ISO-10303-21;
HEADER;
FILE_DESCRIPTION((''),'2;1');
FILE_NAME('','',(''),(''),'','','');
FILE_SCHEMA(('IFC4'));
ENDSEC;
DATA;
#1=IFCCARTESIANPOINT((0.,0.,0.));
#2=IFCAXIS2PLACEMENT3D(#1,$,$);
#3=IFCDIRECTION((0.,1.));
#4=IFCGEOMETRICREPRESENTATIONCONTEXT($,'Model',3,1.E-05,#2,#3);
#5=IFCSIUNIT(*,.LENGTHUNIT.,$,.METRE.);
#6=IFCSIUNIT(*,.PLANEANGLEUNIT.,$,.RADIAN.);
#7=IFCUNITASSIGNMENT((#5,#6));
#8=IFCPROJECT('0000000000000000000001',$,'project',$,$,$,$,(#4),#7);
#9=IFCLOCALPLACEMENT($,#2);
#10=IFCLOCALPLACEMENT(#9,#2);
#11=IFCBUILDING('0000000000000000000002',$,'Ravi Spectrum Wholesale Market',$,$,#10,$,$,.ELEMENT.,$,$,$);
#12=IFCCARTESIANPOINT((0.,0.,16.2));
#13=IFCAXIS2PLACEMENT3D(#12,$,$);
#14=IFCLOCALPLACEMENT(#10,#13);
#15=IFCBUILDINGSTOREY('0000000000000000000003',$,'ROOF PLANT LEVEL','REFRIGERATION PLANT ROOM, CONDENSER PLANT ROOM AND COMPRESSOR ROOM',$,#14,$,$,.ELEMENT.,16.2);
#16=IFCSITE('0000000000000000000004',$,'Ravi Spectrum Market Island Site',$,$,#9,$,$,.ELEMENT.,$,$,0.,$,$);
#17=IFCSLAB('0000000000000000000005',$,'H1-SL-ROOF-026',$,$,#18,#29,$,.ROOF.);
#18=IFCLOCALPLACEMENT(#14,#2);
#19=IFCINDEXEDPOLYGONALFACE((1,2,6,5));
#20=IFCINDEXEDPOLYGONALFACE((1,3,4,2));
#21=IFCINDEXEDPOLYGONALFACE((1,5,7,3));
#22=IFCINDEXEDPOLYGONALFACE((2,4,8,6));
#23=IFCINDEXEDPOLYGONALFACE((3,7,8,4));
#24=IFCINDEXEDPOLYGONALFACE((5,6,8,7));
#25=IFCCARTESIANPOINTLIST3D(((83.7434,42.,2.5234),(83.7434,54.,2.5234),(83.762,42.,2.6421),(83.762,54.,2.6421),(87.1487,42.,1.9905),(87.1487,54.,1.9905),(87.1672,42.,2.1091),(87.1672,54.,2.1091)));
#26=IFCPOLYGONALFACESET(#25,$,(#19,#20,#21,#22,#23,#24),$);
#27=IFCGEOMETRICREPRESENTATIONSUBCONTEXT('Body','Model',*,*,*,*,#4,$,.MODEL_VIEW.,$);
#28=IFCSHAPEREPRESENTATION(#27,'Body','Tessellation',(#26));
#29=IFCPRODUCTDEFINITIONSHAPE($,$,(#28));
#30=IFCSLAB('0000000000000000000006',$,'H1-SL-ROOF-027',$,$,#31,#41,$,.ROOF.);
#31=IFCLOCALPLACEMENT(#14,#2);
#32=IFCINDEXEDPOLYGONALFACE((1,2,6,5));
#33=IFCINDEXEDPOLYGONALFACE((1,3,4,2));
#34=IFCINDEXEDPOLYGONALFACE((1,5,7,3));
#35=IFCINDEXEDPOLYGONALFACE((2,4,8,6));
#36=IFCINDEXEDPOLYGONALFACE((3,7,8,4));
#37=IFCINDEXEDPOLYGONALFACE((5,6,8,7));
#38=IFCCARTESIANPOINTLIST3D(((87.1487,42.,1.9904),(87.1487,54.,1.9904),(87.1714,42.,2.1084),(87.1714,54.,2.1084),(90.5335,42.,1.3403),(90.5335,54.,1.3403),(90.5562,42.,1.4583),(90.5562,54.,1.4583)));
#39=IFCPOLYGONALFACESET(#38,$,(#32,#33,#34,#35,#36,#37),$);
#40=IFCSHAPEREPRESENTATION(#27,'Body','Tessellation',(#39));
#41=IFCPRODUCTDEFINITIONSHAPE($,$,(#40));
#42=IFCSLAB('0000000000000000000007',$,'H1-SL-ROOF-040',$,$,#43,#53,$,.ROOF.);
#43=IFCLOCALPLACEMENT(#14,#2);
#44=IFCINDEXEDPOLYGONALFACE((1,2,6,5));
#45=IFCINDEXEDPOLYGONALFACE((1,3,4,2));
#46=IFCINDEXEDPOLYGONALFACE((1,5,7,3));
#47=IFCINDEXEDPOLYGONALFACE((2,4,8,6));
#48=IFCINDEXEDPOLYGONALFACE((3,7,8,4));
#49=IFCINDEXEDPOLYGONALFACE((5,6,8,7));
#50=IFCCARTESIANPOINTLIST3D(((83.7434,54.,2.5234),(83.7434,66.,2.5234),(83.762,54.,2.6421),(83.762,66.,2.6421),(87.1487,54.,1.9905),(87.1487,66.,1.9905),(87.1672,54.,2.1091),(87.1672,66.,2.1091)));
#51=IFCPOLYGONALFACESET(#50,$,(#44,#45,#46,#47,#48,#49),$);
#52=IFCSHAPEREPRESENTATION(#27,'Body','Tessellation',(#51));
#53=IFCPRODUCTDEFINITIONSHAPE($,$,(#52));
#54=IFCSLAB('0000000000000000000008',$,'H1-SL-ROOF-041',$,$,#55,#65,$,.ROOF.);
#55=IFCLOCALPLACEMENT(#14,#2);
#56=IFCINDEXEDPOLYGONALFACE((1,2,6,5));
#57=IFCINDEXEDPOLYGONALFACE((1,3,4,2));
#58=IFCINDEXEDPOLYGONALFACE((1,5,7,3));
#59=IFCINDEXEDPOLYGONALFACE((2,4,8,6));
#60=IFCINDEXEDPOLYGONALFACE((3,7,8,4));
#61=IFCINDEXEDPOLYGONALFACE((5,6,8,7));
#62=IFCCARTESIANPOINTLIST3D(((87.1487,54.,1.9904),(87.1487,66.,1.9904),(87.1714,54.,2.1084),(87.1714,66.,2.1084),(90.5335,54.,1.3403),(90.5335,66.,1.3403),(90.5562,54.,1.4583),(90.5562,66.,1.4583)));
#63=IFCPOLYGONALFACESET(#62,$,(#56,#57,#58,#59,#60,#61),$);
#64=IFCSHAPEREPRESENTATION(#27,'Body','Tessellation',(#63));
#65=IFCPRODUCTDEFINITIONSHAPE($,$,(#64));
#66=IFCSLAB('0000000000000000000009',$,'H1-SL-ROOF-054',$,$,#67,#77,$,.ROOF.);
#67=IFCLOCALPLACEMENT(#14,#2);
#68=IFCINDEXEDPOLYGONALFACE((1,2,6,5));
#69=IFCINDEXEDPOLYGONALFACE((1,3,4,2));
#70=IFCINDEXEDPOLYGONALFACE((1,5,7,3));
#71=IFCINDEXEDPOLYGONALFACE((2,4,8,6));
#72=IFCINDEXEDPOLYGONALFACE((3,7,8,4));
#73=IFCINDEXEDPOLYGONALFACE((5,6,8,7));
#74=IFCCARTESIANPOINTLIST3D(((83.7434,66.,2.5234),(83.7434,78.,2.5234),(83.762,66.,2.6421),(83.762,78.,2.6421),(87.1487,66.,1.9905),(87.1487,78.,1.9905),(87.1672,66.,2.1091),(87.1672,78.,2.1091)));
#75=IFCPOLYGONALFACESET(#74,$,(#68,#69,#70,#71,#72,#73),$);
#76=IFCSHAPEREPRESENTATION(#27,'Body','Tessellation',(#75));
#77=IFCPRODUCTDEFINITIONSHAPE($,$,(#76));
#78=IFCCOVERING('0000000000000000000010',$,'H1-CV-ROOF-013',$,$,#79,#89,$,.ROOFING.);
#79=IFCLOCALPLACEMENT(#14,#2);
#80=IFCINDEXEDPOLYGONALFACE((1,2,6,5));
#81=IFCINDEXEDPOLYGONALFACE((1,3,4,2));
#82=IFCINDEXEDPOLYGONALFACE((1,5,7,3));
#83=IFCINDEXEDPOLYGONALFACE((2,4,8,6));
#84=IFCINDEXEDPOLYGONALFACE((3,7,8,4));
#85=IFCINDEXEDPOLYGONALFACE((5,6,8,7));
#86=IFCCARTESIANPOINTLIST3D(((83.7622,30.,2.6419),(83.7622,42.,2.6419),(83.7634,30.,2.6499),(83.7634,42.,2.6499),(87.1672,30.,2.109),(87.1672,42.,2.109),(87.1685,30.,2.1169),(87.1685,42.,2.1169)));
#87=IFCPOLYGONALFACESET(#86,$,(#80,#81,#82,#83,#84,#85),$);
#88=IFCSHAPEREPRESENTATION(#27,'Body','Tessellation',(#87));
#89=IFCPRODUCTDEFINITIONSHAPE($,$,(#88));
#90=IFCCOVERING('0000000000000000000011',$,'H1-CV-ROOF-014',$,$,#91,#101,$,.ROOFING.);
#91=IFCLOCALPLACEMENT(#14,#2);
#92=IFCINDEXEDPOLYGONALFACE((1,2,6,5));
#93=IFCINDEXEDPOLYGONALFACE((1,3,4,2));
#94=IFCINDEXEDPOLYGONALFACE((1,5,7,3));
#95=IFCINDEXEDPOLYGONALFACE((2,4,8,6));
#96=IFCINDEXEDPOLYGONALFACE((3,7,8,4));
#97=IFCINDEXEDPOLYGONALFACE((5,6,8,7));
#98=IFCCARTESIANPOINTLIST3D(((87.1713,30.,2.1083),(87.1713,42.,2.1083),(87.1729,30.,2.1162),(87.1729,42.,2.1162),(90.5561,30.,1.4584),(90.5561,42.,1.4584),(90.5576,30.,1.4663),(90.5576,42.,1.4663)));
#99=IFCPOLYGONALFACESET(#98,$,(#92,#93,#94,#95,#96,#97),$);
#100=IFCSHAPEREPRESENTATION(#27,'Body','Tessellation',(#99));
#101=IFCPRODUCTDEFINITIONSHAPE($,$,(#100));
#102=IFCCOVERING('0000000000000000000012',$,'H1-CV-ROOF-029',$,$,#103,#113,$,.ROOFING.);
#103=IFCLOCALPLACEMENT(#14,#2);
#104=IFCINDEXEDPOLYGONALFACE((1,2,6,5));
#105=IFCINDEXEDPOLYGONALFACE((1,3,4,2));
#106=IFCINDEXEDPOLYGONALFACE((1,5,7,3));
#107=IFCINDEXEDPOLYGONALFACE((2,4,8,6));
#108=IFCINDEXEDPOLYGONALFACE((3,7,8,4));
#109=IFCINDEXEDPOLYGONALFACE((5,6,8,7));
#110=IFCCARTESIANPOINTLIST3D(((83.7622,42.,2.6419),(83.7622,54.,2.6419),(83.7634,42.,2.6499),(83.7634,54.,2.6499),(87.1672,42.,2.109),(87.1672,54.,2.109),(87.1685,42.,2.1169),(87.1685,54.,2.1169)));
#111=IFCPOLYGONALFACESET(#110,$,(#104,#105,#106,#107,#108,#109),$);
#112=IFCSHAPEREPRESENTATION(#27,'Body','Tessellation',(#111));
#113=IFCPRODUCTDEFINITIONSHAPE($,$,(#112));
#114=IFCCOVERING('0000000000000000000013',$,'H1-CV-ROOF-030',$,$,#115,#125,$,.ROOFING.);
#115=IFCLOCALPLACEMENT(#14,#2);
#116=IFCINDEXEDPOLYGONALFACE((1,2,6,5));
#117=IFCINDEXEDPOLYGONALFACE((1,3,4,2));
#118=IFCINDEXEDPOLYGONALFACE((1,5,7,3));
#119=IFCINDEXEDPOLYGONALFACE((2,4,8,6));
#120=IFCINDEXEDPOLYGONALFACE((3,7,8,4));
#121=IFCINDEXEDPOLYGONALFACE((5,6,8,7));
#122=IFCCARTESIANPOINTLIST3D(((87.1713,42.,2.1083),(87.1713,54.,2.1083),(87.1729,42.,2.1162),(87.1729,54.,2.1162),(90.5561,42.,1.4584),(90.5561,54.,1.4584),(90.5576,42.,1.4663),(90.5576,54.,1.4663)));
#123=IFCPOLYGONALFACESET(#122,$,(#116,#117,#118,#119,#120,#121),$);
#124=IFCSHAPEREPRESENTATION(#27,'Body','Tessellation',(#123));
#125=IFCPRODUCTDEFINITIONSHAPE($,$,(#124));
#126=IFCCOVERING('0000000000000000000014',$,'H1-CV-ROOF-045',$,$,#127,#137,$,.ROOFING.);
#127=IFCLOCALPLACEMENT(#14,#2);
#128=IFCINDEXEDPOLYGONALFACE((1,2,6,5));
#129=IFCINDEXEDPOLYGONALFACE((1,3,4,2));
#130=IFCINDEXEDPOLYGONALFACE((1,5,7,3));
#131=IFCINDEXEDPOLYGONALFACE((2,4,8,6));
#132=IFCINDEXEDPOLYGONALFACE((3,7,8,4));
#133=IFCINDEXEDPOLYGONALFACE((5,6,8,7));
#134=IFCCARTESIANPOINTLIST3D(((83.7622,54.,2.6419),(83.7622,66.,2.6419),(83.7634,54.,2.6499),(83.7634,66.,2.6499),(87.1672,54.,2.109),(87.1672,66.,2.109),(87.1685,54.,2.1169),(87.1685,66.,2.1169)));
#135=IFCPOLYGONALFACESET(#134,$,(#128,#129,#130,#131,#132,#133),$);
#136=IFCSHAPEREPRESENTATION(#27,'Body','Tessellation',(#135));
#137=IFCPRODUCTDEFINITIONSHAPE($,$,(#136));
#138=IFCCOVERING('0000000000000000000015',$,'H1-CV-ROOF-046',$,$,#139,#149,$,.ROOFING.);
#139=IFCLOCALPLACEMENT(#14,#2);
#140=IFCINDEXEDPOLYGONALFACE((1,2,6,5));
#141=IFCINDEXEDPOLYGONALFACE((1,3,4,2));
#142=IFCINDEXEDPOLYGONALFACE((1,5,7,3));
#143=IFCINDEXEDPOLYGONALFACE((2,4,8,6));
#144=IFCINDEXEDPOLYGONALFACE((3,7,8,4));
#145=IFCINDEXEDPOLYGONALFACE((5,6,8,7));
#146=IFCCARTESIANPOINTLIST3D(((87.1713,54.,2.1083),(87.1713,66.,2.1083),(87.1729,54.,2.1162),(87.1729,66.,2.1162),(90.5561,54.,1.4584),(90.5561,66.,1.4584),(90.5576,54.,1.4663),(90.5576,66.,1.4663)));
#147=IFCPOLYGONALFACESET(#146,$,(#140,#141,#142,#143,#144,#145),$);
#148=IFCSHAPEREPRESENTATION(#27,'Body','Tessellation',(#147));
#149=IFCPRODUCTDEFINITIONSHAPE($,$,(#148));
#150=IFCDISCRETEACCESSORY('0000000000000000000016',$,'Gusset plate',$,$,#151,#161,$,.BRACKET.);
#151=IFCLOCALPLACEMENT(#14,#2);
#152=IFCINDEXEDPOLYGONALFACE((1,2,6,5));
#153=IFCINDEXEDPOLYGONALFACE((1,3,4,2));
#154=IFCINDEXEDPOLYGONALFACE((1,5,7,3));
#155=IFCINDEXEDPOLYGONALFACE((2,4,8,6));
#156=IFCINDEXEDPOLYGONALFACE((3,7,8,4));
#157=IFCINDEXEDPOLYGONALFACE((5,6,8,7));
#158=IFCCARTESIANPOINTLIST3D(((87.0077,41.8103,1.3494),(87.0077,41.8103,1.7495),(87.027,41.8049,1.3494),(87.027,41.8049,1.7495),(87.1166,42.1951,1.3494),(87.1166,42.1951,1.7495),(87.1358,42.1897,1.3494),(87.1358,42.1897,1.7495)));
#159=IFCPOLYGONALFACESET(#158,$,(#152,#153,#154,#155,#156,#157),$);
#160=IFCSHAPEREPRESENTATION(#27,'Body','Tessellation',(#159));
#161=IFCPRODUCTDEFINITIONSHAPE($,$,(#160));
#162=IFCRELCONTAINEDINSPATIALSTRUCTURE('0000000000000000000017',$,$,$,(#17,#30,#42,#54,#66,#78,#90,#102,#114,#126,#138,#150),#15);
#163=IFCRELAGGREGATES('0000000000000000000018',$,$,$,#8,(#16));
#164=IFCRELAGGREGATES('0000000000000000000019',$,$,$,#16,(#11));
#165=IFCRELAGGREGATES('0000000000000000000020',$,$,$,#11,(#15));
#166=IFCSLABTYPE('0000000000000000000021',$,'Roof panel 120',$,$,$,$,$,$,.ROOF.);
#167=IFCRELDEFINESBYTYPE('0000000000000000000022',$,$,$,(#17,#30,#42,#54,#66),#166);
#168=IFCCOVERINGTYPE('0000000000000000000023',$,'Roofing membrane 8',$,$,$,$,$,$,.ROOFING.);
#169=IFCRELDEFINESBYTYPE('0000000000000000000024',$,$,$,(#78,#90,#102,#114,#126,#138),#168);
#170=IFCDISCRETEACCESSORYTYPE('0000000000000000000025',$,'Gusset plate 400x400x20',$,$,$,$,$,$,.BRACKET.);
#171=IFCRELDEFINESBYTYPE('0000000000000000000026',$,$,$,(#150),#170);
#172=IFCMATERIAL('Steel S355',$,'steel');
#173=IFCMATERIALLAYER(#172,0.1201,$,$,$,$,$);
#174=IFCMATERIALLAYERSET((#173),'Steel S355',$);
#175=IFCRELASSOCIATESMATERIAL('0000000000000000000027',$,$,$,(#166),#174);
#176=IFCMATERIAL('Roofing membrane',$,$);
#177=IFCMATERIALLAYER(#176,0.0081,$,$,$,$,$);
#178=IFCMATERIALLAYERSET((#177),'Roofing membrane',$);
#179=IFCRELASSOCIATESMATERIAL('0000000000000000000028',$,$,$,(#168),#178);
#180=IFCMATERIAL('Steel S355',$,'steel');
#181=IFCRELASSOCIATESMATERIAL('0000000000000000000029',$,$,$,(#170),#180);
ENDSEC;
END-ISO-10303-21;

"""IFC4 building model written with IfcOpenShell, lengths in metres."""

from ifc_helpers import new_model, si_unit, direction, frame, origin, origin_2d, place, context, subcontext, project, spatial, polyline, rectangle, outline, extrude, material, layer, layer_set, material_profile, profile_set, type_object, element, save


model = new_model("IFC4")

# Units and contexts
model_context = context("Model", 3, precision=1e-05, world=origin(), true_north=direction((0.0, 1.0)))
body_context = subcontext(model_context, "Body", "Model", "MODEL_VIEW")
ifc_project = project(units=[si_unit("LENGTHUNIT", "METRE"), si_unit("PLANEANGLEUNIT", "RADIAN")], contexts=[model_context])

# Site, building, storey
site_placement = place(None, origin())
site = spatial("IfcSite", under=ifc_project, at=site_placement, Name="Ravi Spectrum Market Island Site", CompositionType="ELEMENT", RefElevation=0.0)
building_placement = place(site_placement, origin())
building = spatial("IfcBuilding", under=site, at=building_placement, Name="Ravi Spectrum Wholesale Market", CompositionType="ELEMENT")
storey_placement = place(building_placement, frame((0.0, 0.0, 16.2)))
storey = spatial("IfcBuildingStorey", under=building, at=storey_placement, Name="ROOF PLANT LEVEL", Description="REFRIGERATION PLANT ROOM, CONDENSER PLANT ROOM AND COMPRESSOR ROOM", CompositionType="ELEMENT", Elevation=16.2)

# Slabs
ifc_material_1 = material(Name="Steel S355", Category="steel")
ifc_layer_1 = layer(ifc_material_1, 0.1201)
ifc_layer_set_1 = layer_set([ifc_layer_1], Name="Steel S355")
slab_type = type_object("IfcSlabType", Name="Roof panel 120", PredefinedType="ROOF", material=ifc_layer_set_1)
slab_1_placement = place(storey_placement, frame((83.762, 42.0, 2.6421), z_axis=(0.154628, 0.0, 0.987973), x_axis=(0.987973, 0.0, -0.154628)))
element("IfcSlab", 1, at=slab_1_placement, inside=storey, type_object=slab_type, Name="H1-SL-ROOF-026", PredefinedType="ROOF", context=body_context, shape_type="SweptSolid", body=[
    extrude(outline(polyline([(0.0, 0.0), (3.4467, 0.0), (3.4467, 12.0), (0.0, 12.0), (0.0, 0.0)])), origin(), (0.0, 0.0, -1.0), 0.1201),
])
slab_2_placement = place(storey_placement, frame((87.1714, 42.0, 2.1084), z_axis=(0.188632, 0.0, 0.982048), x_axis=(0.982048, 0.0, -0.188632)))
element("IfcSlab", 2, at=slab_2_placement, inside=storey, type_object=slab_type, Name="H1-SL-ROOF-027", PredefinedType="ROOF", context=body_context, shape_type="SweptSolid", body=[
    extrude(outline(polyline([(0.0, 0.0), (3.4466, 0.0), (3.4466, 12.0), (0.0, 12.0), (0.0, 0.0)])), origin(), (0.0, 0.0, -1.0), 0.1201),
])
slab_3_placement = place(storey_placement, frame((83.762, 54.0, 2.6421), z_axis=(0.154628, 0.0, 0.987973), x_axis=(0.987973, 0.0, -0.154628)))
element("IfcSlab", 3, at=slab_3_placement, inside=storey, type_object=slab_type, Name="H1-SL-ROOF-040", PredefinedType="ROOF", context=body_context, shape_type="SweptSolid", body=[
    extrude(outline(polyline([(0.0, 0.0), (3.4467, 0.0), (3.4467, 12.0), (0.0, 12.0), (0.0, 0.0)])), origin(), (0.0, 0.0, -1.0), 0.1201),
])
slab_4_placement = place(storey_placement, frame((87.1714, 54.0, 2.1084), z_axis=(0.188632, 0.0, 0.982048), x_axis=(0.982048, 0.0, -0.188632)))
element("IfcSlab", 4, at=slab_4_placement, inside=storey, type_object=slab_type, Name="H1-SL-ROOF-041", PredefinedType="ROOF", context=body_context, shape_type="SweptSolid", body=[
    extrude(outline(polyline([(0.0, 0.0), (3.4466, 0.0), (3.4466, 12.0), (0.0, 12.0), (0.0, 0.0)])), origin(), (0.0, 0.0, -1.0), 0.1201),
])
slab_5_placement = place(storey_placement, frame((83.762, 66.0, 2.6421), z_axis=(0.154628, 0.0, 0.987973), x_axis=(0.987973, 0.0, -0.154628)))
element("IfcSlab", 5, at=slab_5_placement, inside=storey, type_object=slab_type, Name="H1-SL-ROOF-054", PredefinedType="ROOF", context=body_context, shape_type="SweptSolid", body=[
    extrude(outline(polyline([(0.0, 0.0), (3.4467, 0.0), (3.4467, 12.0), (0.0, 12.0), (0.0, 0.0)])), origin(), (0.0, 0.0, -1.0), 0.1201),
])

# Coverings
ifc_material_2 = material(Name="Roofing membrane")
ifc_layer_2 = layer(ifc_material_2, 0.0081)
ifc_layer_set_2 = layer_set([ifc_layer_2], Name="Roofing membrane")
covering_type = type_object("IfcCoveringType", Name="Roofing membrane 8", PredefinedType="ROOFING", material=ifc_layer_set_2)
covering_1_placement = place(storey_placement, frame((83.7634, 30.0, 2.6499), z_axis=(0.154638, 0.0, 0.987971), x_axis=(0.987971, 0.0, -0.154638)))
element("IfcCovering", 6, at=covering_1_placement, inside=storey, type_object=covering_type, Name="H1-CV-ROOF-013", PredefinedType="ROOFING", context=body_context, shape_type="SweptSolid", body=[
    extrude(outline(polyline([(0.0, 0.0), (3.4465, 0.0), (3.4465, 12.0), (0.0, 12.0), (0.0, 0.0)])), origin(), (0.0, 0.0, -1.0), 0.0081),
])
covering_2_placement = place(storey_placement, frame((87.1729, 30.0, 2.1162), z_axis=(0.188564, 0.0, 0.982061), x_axis=(0.982061, 0.0, -0.188564)))
element("IfcCovering", 7, at=covering_2_placement, inside=storey, type_object=covering_type, Name="H1-CV-ROOF-014", PredefinedType="ROOFING", context=body_context, shape_type="SweptSolid", body=[
    extrude(outline(polyline([(0.0, 0.0), (3.4466, 0.0), (3.4466, 12.0), (0.0, 12.0), (0.0, 0.0)])), origin(), (0.0, 0.0, -1.0), 0.0081),
])
covering_3_placement = place(storey_placement, frame((83.7634, 42.0, 2.6499), z_axis=(0.154638, 0.0, 0.987971), x_axis=(0.987971, 0.0, -0.154638)))
element("IfcCovering", 8, at=covering_3_placement, inside=storey, type_object=covering_type, Name="H1-CV-ROOF-029", PredefinedType="ROOFING", context=body_context, shape_type="SweptSolid", body=[
    extrude(outline(polyline([(0.0, 0.0), (3.4465, 0.0), (3.4465, 12.0), (0.0, 12.0), (0.0, 0.0)])), origin(), (0.0, 0.0, -1.0), 0.0081),
])
covering_4_placement = place(storey_placement, frame((87.1729, 42.0, 2.1162), z_axis=(0.188564, 0.0, 0.982061), x_axis=(0.982061, 0.0, -0.188564)))
element("IfcCovering", 9, at=covering_4_placement, inside=storey, type_object=covering_type, Name="H1-CV-ROOF-030", PredefinedType="ROOFING", context=body_context, shape_type="SweptSolid", body=[
    extrude(outline(polyline([(0.0, 0.0), (3.4466, 0.0), (3.4466, 12.0), (0.0, 12.0), (0.0, 0.0)])), origin(), (0.0, 0.0, -1.0), 0.0081),
])
covering_5_placement = place(storey_placement, frame((83.7634, 54.0, 2.6499), z_axis=(0.154638, 0.0, 0.987971), x_axis=(0.987971, 0.0, -0.154638)))
element("IfcCovering", 10, at=covering_5_placement, inside=storey, type_object=covering_type, Name="H1-CV-ROOF-045", PredefinedType="ROOFING", context=body_context, shape_type="SweptSolid", body=[
    extrude(outline(polyline([(0.0, 0.0), (3.4465, 0.0), (3.4465, 12.0), (0.0, 12.0), (0.0, 0.0)])), origin(), (0.0, 0.0, -1.0), 0.0081),
])
covering_6_placement = place(storey_placement, frame((87.1729, 54.0, 2.1162), z_axis=(0.188564, 0.0, 0.982061), x_axis=(0.982061, 0.0, -0.188564)))
element("IfcCovering", 11, at=covering_6_placement, inside=storey, type_object=covering_type, Name="H1-CV-ROOF-046", PredefinedType="ROOFING", context=body_context, shape_type="SweptSolid", body=[
    extrude(outline(polyline([(0.0, 0.0), (3.4466, 0.0), (3.4466, 12.0), (0.0, 12.0), (0.0, 0.0)])), origin(), (0.0, 0.0, -1.0), 0.0081),
])

# Discrete accessory
ifc_material_3 = material(Name="Steel S355", Category="steel")
ifc_material_profile_1 = material_profile(ifc_material_3, rectangle(XDim=0.3999, YDim=0.02, at=origin_2d()))
ifc_profile_set_1 = profile_set([ifc_material_profile_1], Name="Steel S355")
discrete_accessory_type = type_object("IfcDiscreteAccessoryType", Name="Gusset plate 400x400x20", PredefinedType="BRACKET", material=ifc_profile_set_1)
discrete_accessory_placement = place(storey_placement, frame((87.0718, 42.0, 1.3494), z_axis=(0.0, 0.0, 1.0), x_axis=(0.272114, 0.962265, 0.0)))
element("IfcDiscreteAccessory", 12, at=discrete_accessory_placement, inside=storey, type_object=discrete_accessory_type, Name="Gusset plate", PredefinedType="BRACKET", context=body_context, shape_type="SweptSolid", body=[
    extrude(rectangle(XDim=0.3999, YDim=0.02, at=origin_2d()), origin(), (0.0, 0.0, 1.0), 0.4001),
])

save(model, "model.ifc")
